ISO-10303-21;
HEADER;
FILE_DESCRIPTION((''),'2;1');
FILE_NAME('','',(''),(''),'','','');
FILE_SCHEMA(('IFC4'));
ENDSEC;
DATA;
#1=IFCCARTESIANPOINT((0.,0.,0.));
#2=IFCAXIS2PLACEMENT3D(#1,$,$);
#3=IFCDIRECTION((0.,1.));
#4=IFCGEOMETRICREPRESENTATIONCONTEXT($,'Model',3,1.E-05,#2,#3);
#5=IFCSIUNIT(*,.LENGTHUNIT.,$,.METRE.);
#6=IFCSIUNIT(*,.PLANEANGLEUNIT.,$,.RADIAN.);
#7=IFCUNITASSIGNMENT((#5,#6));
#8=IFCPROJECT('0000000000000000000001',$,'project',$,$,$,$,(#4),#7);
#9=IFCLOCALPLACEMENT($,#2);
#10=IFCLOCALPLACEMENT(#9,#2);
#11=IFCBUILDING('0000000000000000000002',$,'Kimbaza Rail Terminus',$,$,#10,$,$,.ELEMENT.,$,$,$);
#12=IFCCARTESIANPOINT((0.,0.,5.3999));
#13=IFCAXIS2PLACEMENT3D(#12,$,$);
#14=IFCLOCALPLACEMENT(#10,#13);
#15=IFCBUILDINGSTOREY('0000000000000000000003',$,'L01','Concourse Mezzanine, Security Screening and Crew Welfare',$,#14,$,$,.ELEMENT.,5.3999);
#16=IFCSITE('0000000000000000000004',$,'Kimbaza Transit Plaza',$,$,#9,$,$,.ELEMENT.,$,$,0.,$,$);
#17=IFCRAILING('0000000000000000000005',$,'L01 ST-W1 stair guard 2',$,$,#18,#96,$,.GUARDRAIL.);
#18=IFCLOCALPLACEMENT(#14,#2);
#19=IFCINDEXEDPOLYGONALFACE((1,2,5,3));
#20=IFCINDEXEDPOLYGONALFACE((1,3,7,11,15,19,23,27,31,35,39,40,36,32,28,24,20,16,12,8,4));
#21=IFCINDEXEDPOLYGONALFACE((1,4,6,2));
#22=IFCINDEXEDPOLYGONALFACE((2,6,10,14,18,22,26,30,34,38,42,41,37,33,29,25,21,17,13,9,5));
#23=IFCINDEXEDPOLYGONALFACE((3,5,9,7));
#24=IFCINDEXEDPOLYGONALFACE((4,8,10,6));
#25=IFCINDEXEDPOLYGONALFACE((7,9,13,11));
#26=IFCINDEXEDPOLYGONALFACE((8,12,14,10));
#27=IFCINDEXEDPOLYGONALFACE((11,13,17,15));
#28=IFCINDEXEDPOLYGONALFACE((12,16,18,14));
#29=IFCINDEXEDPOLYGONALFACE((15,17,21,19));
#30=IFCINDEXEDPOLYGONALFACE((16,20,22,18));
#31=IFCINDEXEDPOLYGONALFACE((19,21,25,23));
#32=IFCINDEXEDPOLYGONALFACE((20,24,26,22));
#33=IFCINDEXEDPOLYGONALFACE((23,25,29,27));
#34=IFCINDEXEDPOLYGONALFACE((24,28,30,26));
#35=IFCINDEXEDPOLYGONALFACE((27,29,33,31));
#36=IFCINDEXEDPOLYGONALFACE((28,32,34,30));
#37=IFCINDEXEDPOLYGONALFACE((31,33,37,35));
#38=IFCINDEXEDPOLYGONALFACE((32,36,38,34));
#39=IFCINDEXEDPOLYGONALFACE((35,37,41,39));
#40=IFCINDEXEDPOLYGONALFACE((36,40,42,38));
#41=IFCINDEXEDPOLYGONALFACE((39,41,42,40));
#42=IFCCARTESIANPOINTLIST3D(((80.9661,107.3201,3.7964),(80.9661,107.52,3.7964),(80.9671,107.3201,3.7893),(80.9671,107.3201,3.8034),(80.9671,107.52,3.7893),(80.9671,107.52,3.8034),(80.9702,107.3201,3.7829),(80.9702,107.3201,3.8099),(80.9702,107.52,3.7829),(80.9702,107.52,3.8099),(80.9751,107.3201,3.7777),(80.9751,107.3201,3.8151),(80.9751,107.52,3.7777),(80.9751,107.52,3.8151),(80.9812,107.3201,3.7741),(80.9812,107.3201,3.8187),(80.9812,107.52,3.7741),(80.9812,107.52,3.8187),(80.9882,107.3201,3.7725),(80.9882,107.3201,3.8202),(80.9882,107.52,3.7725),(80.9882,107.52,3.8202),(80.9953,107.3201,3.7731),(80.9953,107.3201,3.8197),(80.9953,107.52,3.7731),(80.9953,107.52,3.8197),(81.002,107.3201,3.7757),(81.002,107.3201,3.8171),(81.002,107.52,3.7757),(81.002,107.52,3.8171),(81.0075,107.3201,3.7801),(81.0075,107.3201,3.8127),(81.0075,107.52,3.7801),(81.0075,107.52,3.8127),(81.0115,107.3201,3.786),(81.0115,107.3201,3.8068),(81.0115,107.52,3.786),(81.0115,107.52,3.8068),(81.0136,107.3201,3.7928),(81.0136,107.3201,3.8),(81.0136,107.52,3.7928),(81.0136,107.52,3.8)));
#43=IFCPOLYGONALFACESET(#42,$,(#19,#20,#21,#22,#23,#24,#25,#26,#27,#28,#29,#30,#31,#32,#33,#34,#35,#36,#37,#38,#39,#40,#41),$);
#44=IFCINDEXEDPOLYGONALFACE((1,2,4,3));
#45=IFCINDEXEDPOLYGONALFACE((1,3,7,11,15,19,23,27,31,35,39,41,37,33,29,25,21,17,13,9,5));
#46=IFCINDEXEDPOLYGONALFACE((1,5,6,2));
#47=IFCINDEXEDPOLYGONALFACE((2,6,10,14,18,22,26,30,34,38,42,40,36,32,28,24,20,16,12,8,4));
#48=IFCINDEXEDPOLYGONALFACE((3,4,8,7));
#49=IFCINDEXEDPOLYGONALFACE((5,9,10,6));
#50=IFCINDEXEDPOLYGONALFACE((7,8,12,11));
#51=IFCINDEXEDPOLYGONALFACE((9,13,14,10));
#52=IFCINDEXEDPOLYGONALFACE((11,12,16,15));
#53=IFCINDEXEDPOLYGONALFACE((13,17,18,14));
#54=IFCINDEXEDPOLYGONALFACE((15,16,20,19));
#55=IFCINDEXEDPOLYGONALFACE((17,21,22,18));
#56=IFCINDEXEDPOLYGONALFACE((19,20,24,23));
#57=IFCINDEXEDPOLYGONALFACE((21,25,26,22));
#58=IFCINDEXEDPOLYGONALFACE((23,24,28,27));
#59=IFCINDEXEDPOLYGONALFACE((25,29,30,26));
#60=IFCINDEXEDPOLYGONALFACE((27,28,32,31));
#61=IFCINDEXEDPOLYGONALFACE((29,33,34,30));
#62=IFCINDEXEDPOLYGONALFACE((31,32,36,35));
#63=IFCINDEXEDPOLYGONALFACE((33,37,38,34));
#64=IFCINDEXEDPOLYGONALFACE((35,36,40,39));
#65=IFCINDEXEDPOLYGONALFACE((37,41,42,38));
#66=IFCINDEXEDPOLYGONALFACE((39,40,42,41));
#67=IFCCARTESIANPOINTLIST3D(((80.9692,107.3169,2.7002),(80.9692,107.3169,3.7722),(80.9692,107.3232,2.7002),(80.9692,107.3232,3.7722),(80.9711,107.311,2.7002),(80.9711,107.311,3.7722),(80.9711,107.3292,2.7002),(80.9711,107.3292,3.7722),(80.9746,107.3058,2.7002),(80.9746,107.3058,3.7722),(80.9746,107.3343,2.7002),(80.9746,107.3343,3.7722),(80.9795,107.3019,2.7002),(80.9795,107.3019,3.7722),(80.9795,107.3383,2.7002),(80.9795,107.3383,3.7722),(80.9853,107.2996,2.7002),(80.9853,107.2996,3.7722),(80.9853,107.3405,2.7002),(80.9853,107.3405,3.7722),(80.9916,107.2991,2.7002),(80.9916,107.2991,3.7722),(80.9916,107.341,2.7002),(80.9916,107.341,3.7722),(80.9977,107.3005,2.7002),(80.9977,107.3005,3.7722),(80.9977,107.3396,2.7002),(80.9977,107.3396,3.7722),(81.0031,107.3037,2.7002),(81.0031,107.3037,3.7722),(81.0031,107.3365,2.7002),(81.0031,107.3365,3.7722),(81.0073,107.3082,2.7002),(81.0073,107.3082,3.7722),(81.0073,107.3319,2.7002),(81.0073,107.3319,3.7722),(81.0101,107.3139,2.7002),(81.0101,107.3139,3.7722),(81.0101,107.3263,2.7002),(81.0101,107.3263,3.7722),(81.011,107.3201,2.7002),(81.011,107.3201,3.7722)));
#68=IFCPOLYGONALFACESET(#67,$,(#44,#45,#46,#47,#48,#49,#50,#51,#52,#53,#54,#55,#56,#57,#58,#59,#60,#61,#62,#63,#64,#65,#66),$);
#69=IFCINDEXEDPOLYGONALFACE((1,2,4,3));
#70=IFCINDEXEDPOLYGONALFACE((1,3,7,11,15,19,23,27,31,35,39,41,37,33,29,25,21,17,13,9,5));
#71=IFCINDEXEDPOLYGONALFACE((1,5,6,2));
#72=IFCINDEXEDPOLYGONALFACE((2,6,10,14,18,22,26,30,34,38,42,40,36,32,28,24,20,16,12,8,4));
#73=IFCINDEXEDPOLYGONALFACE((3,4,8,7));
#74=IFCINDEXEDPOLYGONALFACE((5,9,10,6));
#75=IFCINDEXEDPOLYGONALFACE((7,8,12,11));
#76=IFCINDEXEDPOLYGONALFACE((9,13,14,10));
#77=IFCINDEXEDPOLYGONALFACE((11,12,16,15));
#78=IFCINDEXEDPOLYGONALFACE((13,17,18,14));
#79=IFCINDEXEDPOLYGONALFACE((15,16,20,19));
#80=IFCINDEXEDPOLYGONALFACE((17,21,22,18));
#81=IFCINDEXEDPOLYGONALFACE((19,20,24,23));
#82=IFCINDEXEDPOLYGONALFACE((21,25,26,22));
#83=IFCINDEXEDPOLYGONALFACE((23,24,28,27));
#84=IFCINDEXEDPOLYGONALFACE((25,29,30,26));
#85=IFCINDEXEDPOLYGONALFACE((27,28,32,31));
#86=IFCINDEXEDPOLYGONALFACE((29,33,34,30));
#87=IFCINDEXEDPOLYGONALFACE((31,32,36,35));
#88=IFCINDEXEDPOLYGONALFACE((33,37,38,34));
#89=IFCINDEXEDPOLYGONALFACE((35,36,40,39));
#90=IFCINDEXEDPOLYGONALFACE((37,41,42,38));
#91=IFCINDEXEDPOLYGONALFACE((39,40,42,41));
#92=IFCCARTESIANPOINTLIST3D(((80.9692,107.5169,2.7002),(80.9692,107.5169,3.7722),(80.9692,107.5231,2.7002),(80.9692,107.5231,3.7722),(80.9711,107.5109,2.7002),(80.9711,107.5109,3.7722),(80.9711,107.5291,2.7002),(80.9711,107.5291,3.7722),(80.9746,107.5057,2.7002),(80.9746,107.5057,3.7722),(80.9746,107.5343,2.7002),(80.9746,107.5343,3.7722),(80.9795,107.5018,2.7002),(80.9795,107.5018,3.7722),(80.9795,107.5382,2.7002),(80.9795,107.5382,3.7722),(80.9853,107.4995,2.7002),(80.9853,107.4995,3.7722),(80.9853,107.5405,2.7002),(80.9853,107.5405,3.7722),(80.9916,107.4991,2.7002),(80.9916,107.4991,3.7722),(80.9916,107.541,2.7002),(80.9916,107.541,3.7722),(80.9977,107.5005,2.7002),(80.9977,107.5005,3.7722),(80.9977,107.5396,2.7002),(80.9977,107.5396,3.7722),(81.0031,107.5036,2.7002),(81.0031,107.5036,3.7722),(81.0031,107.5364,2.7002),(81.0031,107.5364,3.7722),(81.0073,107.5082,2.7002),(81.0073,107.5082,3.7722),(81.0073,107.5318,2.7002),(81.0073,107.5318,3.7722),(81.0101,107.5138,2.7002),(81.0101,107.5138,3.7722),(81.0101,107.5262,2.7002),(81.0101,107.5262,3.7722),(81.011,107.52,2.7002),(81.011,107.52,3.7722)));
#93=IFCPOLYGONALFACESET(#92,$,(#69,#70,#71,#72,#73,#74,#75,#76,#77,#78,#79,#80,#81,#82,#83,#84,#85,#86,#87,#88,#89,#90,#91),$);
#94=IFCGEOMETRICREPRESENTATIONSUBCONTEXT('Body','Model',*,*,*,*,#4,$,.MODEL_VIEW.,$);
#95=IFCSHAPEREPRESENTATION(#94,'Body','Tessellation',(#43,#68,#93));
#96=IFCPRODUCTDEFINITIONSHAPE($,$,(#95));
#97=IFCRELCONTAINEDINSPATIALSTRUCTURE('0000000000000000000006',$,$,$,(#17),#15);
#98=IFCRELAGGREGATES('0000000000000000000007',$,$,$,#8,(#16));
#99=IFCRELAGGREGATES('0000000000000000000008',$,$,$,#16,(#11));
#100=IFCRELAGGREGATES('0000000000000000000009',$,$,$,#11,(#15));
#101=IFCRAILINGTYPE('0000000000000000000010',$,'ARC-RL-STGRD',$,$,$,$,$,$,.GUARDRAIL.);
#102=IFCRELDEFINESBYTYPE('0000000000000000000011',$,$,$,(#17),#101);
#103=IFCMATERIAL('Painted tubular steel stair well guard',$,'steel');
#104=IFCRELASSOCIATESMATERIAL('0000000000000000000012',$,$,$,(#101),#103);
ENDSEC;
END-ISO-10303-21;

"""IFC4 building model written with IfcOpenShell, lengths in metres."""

from ifc_helpers import new_model, si_unit, direction, frame, origin, origin_2d, place, context, subcontext, project, spatial, circle, extrude, material, type_object, element, save


model = new_model("IFC4")

# Units and contexts
model_context = context("Model", 3, precision=1e-05, world=origin(), true_north=direction((0.0, 1.0)))
body_context = subcontext(model_context, "Body", "Model", "MODEL_VIEW")
ifc_project = project(units=[si_unit("LENGTHUNIT", "METRE"), si_unit("PLANEANGLEUNIT", "RADIAN")], contexts=[model_context])

# Site, building, storey
site_placement = place(None, origin())
site = spatial("IfcSite", under=ifc_project, at=site_placement, Name="Kimbaza Transit Plaza", CompositionType="ELEMENT", RefElevation=0.0)
building_placement = place(site_placement, origin())
building = spatial("IfcBuilding", under=site, at=building_placement, Name="Kimbaza Rail Terminus", CompositionType="ELEMENT")
storey_placement = place(building_placement, frame((0.0, 0.0, 5.3999)))
storey = spatial("IfcBuildingStorey", under=building, at=storey_placement, Name="L01", Description="Concourse Mezzanine, Security Screening and Crew Welfare", CompositionType="ELEMENT", Elevation=5.3999)

# Railing
ifc_material_1 = material(Name="Painted tubular steel stair well guard", Category="steel")
railing_type_1 = type_object("IfcRailingType", Name="ARC-RL-STGRD", PredefinedType="GUARDRAIL", material=ifc_material_1)
railing_1_placement = place(storey_placement, frame((80.99, 107.3201, 2.7002)))
element("IfcRailing", 1, at=railing_1_placement, inside=storey, type_object=railing_type_1, Name="L01 ST-W1 stair guard 2", PredefinedType="GUARDRAIL", context=body_context, shape_type="SweptSolid", body=[
    extrude(circle(Radius=0.0239, at=origin_2d()), frame((0.0, 0.0, 1.0962), z_axis=(0.0, 1.0, 0.0), x_axis=(-1.0, 0.0, 0.0)), (0.0, 0.0, 1.0), 0.2),
    extrude(circle(Radius=0.021, at=origin_2d()), origin(), (0.0, 0.0, 1.0), 1.072),
    extrude(circle(Radius=0.021, at=origin_2d()), frame((0.0, 0.2, 0.0)), (0.0, 0.0, 1.0), 1.072),
])

save(model, "model.ifc")
